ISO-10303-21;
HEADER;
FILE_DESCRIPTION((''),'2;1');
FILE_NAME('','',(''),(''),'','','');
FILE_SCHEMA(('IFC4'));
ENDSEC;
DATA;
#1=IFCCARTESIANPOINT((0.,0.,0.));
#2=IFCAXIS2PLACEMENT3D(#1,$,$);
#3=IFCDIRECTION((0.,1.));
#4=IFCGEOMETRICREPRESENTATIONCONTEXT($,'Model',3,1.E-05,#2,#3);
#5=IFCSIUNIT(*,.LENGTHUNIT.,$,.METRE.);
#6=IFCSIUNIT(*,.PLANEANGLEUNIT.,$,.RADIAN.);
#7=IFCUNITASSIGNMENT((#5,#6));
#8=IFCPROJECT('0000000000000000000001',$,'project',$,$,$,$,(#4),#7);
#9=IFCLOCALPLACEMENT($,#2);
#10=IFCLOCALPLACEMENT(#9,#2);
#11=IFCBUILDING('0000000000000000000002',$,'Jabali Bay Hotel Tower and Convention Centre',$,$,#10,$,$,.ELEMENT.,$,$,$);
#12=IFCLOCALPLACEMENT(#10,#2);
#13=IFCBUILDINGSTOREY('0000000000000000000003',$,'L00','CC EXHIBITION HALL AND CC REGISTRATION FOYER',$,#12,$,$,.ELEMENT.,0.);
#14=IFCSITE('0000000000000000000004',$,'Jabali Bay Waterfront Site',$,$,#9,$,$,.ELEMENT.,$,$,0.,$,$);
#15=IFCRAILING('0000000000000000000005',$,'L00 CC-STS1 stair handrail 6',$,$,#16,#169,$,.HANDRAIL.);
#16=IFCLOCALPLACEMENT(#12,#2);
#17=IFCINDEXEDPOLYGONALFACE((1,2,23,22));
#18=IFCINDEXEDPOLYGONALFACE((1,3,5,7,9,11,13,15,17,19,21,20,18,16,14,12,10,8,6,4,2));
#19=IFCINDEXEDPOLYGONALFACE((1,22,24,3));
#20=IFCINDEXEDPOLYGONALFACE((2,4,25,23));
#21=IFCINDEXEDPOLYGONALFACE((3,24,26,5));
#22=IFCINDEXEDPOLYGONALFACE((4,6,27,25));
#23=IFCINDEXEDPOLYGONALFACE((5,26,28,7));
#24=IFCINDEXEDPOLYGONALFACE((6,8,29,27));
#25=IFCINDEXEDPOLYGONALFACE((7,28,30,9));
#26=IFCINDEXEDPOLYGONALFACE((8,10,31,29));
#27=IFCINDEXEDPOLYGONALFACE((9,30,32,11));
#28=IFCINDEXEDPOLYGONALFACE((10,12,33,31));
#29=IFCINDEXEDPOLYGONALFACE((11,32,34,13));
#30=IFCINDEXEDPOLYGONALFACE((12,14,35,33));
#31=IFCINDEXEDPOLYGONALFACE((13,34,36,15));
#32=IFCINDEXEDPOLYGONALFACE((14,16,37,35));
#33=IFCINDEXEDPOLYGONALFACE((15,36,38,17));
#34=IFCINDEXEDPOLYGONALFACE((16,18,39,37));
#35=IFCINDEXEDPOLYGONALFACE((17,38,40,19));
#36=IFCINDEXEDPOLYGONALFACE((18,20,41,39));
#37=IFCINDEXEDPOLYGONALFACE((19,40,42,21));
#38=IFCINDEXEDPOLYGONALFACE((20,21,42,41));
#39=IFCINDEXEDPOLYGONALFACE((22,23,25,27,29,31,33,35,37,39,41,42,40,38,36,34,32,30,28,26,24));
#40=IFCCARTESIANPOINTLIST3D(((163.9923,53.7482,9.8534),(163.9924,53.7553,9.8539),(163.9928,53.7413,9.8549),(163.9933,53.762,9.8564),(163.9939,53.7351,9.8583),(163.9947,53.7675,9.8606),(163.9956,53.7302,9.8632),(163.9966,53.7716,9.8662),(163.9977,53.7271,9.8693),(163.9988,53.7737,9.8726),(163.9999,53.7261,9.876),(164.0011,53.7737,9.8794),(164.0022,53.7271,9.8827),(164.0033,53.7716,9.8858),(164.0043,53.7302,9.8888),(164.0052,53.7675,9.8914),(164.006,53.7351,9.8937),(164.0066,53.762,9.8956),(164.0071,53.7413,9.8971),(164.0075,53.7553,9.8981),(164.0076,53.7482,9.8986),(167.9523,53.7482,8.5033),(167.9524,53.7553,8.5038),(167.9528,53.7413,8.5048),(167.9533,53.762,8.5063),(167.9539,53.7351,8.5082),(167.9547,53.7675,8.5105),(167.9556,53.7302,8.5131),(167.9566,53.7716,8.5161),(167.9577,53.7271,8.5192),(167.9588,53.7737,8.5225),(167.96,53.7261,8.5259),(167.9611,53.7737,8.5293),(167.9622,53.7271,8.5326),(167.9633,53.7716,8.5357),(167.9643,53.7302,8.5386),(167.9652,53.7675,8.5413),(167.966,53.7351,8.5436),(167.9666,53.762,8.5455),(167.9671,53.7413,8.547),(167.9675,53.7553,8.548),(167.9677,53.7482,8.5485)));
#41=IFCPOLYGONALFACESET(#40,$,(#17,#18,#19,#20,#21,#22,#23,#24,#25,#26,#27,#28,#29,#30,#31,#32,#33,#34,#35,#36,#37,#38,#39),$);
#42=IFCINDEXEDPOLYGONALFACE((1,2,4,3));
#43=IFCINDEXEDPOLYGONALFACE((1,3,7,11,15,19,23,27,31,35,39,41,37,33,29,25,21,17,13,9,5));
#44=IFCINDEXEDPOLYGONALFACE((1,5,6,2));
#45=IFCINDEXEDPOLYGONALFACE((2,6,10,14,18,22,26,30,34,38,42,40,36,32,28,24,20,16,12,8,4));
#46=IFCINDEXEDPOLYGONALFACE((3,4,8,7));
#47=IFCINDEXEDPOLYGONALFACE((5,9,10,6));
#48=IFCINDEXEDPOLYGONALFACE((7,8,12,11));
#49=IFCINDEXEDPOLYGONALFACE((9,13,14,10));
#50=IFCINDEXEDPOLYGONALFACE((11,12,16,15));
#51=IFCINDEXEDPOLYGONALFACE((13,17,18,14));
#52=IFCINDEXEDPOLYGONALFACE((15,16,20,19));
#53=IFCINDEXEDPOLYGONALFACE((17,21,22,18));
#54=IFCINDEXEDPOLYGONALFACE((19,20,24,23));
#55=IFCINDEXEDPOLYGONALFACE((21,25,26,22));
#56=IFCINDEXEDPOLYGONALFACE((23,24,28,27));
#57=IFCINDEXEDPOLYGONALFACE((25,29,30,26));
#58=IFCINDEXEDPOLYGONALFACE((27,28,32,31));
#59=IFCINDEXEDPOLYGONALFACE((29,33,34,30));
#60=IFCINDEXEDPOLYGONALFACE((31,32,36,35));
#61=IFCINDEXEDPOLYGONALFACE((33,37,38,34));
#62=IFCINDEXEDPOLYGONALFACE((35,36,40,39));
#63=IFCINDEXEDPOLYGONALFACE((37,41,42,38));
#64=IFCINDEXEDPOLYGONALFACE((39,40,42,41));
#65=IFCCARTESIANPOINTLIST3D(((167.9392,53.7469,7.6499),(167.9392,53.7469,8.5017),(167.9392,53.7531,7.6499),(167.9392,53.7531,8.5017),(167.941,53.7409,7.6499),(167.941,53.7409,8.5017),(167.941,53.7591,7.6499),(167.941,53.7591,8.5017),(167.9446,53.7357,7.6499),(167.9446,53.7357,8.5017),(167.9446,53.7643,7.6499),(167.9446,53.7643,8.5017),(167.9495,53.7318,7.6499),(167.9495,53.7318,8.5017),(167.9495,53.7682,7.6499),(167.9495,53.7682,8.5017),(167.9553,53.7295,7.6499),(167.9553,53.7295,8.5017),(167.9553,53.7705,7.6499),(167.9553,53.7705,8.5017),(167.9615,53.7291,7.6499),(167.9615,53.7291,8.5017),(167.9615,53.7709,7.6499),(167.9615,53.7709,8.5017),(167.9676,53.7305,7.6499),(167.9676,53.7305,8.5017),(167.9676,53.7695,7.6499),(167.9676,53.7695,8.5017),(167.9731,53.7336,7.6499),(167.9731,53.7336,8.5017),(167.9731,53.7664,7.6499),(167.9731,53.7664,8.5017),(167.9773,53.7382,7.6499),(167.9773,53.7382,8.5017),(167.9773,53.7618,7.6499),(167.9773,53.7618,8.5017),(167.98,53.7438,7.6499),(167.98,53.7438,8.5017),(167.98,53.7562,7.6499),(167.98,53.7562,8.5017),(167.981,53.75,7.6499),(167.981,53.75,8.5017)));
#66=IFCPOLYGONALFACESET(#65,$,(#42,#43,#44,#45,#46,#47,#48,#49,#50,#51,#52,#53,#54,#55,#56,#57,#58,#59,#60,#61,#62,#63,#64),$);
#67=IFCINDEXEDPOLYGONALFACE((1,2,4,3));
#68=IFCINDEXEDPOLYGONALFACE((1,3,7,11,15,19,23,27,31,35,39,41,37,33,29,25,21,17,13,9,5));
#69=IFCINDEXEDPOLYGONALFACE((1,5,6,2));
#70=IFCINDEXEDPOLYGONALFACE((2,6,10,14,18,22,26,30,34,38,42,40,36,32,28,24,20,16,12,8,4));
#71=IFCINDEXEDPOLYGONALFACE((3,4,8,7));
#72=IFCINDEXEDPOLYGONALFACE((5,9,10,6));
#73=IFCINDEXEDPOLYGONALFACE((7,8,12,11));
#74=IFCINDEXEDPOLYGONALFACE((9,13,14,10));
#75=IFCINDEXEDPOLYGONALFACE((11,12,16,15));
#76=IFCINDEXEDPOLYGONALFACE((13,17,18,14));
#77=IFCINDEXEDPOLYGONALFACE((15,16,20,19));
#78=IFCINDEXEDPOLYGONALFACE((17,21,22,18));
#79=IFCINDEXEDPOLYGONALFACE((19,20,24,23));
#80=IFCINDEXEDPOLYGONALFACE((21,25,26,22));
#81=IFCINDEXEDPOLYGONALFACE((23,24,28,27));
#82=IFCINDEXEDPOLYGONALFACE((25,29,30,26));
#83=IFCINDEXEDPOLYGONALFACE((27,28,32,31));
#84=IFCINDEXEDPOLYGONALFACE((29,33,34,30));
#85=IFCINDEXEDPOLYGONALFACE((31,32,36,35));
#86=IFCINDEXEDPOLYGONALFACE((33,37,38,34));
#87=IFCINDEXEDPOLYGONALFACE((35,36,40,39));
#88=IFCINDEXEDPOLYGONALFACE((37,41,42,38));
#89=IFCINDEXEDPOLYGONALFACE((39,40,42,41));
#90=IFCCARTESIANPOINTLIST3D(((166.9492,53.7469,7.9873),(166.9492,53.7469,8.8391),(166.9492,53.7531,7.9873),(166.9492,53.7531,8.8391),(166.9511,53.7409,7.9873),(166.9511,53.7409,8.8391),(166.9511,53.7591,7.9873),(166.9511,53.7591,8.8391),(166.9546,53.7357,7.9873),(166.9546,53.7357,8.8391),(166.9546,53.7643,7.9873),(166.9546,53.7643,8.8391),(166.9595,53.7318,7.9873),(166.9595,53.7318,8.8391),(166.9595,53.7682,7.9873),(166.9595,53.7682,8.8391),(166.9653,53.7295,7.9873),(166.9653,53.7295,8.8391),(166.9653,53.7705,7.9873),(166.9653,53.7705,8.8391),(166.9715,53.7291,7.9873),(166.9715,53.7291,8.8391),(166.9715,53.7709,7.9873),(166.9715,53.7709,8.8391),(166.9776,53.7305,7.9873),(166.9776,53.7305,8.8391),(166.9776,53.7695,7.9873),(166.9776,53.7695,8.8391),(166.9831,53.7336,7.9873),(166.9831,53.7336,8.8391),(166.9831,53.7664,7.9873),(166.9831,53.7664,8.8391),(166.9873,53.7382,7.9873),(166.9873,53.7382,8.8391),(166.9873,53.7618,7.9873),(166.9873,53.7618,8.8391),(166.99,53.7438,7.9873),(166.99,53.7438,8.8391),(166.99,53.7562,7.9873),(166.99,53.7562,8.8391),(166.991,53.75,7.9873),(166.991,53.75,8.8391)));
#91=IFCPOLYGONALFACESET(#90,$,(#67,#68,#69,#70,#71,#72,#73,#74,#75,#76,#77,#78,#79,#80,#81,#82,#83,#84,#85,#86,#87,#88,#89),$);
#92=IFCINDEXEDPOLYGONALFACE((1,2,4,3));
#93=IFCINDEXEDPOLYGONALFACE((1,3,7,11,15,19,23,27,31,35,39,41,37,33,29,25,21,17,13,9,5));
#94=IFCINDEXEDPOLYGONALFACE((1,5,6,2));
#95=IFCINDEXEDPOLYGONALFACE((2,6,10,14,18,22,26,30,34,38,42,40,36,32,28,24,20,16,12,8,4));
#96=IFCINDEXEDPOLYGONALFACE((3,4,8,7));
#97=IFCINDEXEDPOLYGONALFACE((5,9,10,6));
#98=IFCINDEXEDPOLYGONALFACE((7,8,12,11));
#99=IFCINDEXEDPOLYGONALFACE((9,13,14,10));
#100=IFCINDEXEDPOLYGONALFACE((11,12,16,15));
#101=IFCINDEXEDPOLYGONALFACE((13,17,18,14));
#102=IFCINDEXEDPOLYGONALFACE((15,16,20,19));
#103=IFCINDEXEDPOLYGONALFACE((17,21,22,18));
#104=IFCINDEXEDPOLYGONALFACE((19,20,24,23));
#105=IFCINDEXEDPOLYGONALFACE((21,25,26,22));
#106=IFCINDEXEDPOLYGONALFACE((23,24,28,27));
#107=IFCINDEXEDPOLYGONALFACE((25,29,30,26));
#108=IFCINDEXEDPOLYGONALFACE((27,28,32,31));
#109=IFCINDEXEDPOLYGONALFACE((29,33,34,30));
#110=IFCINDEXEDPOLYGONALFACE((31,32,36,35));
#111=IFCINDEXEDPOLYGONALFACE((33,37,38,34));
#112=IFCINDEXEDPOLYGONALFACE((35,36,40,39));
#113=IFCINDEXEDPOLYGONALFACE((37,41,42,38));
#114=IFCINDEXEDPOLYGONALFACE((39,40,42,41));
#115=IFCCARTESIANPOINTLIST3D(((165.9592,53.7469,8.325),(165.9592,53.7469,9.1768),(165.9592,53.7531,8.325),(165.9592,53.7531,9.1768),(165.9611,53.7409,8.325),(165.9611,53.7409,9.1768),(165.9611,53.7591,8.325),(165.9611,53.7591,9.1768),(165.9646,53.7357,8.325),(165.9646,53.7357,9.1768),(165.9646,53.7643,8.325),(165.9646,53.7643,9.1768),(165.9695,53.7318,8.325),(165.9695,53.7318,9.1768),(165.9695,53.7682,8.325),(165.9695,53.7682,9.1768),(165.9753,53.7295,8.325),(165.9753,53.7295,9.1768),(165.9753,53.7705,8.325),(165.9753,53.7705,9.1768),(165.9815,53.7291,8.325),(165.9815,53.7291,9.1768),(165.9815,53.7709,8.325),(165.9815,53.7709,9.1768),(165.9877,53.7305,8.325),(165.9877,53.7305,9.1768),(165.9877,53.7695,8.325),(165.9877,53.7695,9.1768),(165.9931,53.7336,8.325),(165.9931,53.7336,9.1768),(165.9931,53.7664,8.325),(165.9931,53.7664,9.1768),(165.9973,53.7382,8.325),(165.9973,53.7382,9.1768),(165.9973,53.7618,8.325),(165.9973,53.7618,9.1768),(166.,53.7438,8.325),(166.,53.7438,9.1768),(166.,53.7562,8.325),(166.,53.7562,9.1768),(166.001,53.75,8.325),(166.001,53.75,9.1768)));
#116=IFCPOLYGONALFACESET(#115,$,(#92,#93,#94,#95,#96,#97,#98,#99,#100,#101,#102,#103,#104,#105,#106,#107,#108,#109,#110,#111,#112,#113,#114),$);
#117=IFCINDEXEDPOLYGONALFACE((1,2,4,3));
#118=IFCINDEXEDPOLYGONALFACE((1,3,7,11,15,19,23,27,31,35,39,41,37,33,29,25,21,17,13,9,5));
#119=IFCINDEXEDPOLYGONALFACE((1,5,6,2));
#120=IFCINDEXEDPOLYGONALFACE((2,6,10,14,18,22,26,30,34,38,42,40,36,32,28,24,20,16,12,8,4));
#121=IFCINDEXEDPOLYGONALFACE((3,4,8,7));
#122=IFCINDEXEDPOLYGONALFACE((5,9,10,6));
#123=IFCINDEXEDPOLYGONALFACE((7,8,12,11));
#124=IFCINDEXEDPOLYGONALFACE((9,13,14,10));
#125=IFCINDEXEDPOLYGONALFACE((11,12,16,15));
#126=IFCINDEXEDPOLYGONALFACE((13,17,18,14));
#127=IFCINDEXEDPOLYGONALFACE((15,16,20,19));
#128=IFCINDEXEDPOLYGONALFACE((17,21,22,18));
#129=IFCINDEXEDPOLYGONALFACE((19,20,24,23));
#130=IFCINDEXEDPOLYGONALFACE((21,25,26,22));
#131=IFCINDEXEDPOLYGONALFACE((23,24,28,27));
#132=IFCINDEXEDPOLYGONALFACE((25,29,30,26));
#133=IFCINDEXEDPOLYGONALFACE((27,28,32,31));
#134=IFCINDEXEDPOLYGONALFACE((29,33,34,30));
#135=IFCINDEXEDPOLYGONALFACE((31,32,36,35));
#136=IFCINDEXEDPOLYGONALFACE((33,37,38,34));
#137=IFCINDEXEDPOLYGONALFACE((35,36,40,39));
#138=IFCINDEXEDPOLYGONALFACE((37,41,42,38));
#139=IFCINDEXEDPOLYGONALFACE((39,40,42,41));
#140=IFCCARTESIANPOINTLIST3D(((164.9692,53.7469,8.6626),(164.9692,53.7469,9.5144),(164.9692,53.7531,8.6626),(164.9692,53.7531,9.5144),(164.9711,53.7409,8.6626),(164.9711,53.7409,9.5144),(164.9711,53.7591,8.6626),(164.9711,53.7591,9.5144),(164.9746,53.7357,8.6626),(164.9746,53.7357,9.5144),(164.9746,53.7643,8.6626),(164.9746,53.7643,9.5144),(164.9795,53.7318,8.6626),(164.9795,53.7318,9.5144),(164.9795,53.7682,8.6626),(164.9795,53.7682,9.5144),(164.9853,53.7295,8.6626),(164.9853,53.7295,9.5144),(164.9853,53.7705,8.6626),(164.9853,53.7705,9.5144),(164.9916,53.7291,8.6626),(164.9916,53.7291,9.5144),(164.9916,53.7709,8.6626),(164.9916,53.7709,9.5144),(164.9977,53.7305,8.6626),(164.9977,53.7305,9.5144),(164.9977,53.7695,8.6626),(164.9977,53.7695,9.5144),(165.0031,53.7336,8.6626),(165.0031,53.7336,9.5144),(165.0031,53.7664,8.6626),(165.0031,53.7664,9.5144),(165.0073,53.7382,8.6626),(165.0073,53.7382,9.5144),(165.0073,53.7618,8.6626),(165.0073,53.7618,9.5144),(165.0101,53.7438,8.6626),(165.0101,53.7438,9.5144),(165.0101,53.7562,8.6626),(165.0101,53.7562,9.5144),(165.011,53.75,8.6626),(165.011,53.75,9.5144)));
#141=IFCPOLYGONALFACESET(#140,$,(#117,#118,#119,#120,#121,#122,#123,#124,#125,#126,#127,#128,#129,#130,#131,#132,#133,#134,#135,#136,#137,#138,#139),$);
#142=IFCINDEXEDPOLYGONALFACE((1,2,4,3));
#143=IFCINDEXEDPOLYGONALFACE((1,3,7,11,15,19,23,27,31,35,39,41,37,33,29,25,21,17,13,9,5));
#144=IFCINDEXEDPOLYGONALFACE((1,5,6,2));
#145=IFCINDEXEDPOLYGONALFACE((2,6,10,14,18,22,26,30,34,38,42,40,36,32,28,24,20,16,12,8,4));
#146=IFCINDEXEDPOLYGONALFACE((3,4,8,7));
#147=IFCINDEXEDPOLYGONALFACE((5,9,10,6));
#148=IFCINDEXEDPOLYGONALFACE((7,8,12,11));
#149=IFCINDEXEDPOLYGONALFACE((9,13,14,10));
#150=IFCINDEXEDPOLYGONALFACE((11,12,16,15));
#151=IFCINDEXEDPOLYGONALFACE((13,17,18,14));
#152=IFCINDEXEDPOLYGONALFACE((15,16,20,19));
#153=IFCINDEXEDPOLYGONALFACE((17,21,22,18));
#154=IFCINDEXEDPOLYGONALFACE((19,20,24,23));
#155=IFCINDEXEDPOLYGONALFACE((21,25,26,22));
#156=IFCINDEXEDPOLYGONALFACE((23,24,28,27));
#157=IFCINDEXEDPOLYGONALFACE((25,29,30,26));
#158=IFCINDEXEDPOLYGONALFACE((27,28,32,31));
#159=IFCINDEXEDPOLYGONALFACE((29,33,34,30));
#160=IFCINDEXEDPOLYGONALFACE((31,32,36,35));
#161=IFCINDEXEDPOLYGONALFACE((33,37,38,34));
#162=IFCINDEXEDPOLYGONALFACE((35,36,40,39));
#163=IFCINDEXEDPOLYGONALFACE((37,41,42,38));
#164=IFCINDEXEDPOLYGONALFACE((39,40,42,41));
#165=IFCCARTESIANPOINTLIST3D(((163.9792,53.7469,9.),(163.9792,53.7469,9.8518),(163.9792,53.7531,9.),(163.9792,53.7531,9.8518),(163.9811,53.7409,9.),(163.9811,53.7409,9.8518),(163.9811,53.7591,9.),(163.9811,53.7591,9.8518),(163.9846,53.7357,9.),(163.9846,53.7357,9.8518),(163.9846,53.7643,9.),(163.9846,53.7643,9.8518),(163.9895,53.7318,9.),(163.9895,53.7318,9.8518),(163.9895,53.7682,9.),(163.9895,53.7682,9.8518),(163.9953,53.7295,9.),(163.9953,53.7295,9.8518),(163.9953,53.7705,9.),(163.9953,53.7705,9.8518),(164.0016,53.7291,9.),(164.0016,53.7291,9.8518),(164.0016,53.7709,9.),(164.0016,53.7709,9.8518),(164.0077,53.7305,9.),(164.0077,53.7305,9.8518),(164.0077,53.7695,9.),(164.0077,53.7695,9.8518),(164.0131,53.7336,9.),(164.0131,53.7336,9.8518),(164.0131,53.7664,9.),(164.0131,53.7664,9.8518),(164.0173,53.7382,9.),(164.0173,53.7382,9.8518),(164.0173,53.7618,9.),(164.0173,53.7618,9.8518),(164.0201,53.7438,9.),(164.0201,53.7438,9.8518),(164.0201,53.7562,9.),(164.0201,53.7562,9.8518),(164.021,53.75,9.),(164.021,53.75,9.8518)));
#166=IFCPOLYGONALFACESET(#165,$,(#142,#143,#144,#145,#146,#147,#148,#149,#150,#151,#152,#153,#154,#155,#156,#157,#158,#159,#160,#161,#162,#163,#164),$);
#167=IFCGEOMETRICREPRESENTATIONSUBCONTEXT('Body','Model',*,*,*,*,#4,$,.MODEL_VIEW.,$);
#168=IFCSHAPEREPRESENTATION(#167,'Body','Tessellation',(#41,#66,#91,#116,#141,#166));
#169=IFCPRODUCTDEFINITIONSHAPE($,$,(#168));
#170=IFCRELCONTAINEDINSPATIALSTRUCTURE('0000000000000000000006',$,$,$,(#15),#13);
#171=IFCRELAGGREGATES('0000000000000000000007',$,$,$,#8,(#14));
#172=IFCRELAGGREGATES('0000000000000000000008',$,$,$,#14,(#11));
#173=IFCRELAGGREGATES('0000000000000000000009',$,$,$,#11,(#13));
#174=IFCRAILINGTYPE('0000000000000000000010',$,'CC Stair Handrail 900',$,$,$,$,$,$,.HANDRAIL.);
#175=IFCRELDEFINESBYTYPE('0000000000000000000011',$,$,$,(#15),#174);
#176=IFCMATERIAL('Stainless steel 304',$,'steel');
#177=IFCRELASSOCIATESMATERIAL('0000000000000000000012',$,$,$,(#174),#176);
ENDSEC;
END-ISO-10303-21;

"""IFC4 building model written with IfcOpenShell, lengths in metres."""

from ifc_helpers import new_model, si_unit, direction, frame, origin, origin_2d, place, context, subcontext, project, spatial, circle, extrude, material, type_object, element, save


model = new_model("IFC4")

# Units and contexts
model_context = context("Model", 3, precision=1e-05, world=origin(), true_north=direction((0.0, 1.0)))
body_context = subcontext(model_context, "Body", "Model", "MODEL_VIEW")
ifc_project = project(units=[si_unit("LENGTHUNIT", "METRE"), si_unit("PLANEANGLEUNIT", "RADIAN")], contexts=[model_context])

# Site, building, storey
site_placement = place(None, origin())
site = spatial("IfcSite", under=ifc_project, at=site_placement, Name="Jabali Bay Waterfront Site", CompositionType="ELEMENT", RefElevation=0.0)
building_placement = place(site_placement, origin())
building = spatial("IfcBuilding", under=site, at=building_placement, Name="Jabali Bay Hotel Tower and Convention Centre", CompositionType="ELEMENT")
storey_placement = place(building_placement, origin())
storey = spatial("IfcBuildingStorey", under=building, at=storey_placement, Name="L00", Description="CC EXHIBITION HALL AND CC REGISTRATION FOYER", CompositionType="ELEMENT", Elevation=0.0)

# Railing
ifc_material_1 = material(Name="Stainless steel 304", Category="steel")
railing_type = type_object("IfcRailingType", Name="CC Stair Handrail 900", PredefinedType="HANDRAIL", material=ifc_material_1)
for number, where, name in (
    (1, (167.96, 53.75, 7.6499), "L00 CC-STS1 stair handrail 6"),
):
    element("IfcRailing", number, at=place(storey_placement, frame(where)), inside=storey, type_object=railing_type, Name=name, PredefinedType="HANDRAIL", context=body_context, shape_type="SweptSolid", body=[
        extrude(circle(Radius=0.0239, at=origin_2d()), frame((0.0, 0.0, 0.876), z_axis=(-0.946502, 0.0, 0.322698), x_axis=(0.0, -1.0, 0.0)), (0.0, 0.0, 1.0), 4.1838),
        extrude(circle(Radius=0.021, at=origin_2d()), origin(), (0.0, 0.0, 1.0), 0.8518),
        extrude(circle(Radius=0.021, at=origin_2d()), frame((-0.99, 0.0, 0.3374)), (0.0, 0.0, 1.0), 0.8518),
        extrude(circle(Radius=0.021, at=origin_2d()), frame((-1.98, 0.0, 0.675)), (0.0, 0.0, 1.0), 0.8518),
        extrude(circle(Radius=0.021, at=origin_2d()), frame((-2.97, 0.0, 1.0127)), (0.0, 0.0, 1.0), 0.8518),
        extrude(circle(Radius=0.021, at=origin_2d()), frame((-3.96, 0.0, 1.3501)), (0.0, 0.0, 1.0), 0.8518),
    ])

save(model, "model.ifc")
